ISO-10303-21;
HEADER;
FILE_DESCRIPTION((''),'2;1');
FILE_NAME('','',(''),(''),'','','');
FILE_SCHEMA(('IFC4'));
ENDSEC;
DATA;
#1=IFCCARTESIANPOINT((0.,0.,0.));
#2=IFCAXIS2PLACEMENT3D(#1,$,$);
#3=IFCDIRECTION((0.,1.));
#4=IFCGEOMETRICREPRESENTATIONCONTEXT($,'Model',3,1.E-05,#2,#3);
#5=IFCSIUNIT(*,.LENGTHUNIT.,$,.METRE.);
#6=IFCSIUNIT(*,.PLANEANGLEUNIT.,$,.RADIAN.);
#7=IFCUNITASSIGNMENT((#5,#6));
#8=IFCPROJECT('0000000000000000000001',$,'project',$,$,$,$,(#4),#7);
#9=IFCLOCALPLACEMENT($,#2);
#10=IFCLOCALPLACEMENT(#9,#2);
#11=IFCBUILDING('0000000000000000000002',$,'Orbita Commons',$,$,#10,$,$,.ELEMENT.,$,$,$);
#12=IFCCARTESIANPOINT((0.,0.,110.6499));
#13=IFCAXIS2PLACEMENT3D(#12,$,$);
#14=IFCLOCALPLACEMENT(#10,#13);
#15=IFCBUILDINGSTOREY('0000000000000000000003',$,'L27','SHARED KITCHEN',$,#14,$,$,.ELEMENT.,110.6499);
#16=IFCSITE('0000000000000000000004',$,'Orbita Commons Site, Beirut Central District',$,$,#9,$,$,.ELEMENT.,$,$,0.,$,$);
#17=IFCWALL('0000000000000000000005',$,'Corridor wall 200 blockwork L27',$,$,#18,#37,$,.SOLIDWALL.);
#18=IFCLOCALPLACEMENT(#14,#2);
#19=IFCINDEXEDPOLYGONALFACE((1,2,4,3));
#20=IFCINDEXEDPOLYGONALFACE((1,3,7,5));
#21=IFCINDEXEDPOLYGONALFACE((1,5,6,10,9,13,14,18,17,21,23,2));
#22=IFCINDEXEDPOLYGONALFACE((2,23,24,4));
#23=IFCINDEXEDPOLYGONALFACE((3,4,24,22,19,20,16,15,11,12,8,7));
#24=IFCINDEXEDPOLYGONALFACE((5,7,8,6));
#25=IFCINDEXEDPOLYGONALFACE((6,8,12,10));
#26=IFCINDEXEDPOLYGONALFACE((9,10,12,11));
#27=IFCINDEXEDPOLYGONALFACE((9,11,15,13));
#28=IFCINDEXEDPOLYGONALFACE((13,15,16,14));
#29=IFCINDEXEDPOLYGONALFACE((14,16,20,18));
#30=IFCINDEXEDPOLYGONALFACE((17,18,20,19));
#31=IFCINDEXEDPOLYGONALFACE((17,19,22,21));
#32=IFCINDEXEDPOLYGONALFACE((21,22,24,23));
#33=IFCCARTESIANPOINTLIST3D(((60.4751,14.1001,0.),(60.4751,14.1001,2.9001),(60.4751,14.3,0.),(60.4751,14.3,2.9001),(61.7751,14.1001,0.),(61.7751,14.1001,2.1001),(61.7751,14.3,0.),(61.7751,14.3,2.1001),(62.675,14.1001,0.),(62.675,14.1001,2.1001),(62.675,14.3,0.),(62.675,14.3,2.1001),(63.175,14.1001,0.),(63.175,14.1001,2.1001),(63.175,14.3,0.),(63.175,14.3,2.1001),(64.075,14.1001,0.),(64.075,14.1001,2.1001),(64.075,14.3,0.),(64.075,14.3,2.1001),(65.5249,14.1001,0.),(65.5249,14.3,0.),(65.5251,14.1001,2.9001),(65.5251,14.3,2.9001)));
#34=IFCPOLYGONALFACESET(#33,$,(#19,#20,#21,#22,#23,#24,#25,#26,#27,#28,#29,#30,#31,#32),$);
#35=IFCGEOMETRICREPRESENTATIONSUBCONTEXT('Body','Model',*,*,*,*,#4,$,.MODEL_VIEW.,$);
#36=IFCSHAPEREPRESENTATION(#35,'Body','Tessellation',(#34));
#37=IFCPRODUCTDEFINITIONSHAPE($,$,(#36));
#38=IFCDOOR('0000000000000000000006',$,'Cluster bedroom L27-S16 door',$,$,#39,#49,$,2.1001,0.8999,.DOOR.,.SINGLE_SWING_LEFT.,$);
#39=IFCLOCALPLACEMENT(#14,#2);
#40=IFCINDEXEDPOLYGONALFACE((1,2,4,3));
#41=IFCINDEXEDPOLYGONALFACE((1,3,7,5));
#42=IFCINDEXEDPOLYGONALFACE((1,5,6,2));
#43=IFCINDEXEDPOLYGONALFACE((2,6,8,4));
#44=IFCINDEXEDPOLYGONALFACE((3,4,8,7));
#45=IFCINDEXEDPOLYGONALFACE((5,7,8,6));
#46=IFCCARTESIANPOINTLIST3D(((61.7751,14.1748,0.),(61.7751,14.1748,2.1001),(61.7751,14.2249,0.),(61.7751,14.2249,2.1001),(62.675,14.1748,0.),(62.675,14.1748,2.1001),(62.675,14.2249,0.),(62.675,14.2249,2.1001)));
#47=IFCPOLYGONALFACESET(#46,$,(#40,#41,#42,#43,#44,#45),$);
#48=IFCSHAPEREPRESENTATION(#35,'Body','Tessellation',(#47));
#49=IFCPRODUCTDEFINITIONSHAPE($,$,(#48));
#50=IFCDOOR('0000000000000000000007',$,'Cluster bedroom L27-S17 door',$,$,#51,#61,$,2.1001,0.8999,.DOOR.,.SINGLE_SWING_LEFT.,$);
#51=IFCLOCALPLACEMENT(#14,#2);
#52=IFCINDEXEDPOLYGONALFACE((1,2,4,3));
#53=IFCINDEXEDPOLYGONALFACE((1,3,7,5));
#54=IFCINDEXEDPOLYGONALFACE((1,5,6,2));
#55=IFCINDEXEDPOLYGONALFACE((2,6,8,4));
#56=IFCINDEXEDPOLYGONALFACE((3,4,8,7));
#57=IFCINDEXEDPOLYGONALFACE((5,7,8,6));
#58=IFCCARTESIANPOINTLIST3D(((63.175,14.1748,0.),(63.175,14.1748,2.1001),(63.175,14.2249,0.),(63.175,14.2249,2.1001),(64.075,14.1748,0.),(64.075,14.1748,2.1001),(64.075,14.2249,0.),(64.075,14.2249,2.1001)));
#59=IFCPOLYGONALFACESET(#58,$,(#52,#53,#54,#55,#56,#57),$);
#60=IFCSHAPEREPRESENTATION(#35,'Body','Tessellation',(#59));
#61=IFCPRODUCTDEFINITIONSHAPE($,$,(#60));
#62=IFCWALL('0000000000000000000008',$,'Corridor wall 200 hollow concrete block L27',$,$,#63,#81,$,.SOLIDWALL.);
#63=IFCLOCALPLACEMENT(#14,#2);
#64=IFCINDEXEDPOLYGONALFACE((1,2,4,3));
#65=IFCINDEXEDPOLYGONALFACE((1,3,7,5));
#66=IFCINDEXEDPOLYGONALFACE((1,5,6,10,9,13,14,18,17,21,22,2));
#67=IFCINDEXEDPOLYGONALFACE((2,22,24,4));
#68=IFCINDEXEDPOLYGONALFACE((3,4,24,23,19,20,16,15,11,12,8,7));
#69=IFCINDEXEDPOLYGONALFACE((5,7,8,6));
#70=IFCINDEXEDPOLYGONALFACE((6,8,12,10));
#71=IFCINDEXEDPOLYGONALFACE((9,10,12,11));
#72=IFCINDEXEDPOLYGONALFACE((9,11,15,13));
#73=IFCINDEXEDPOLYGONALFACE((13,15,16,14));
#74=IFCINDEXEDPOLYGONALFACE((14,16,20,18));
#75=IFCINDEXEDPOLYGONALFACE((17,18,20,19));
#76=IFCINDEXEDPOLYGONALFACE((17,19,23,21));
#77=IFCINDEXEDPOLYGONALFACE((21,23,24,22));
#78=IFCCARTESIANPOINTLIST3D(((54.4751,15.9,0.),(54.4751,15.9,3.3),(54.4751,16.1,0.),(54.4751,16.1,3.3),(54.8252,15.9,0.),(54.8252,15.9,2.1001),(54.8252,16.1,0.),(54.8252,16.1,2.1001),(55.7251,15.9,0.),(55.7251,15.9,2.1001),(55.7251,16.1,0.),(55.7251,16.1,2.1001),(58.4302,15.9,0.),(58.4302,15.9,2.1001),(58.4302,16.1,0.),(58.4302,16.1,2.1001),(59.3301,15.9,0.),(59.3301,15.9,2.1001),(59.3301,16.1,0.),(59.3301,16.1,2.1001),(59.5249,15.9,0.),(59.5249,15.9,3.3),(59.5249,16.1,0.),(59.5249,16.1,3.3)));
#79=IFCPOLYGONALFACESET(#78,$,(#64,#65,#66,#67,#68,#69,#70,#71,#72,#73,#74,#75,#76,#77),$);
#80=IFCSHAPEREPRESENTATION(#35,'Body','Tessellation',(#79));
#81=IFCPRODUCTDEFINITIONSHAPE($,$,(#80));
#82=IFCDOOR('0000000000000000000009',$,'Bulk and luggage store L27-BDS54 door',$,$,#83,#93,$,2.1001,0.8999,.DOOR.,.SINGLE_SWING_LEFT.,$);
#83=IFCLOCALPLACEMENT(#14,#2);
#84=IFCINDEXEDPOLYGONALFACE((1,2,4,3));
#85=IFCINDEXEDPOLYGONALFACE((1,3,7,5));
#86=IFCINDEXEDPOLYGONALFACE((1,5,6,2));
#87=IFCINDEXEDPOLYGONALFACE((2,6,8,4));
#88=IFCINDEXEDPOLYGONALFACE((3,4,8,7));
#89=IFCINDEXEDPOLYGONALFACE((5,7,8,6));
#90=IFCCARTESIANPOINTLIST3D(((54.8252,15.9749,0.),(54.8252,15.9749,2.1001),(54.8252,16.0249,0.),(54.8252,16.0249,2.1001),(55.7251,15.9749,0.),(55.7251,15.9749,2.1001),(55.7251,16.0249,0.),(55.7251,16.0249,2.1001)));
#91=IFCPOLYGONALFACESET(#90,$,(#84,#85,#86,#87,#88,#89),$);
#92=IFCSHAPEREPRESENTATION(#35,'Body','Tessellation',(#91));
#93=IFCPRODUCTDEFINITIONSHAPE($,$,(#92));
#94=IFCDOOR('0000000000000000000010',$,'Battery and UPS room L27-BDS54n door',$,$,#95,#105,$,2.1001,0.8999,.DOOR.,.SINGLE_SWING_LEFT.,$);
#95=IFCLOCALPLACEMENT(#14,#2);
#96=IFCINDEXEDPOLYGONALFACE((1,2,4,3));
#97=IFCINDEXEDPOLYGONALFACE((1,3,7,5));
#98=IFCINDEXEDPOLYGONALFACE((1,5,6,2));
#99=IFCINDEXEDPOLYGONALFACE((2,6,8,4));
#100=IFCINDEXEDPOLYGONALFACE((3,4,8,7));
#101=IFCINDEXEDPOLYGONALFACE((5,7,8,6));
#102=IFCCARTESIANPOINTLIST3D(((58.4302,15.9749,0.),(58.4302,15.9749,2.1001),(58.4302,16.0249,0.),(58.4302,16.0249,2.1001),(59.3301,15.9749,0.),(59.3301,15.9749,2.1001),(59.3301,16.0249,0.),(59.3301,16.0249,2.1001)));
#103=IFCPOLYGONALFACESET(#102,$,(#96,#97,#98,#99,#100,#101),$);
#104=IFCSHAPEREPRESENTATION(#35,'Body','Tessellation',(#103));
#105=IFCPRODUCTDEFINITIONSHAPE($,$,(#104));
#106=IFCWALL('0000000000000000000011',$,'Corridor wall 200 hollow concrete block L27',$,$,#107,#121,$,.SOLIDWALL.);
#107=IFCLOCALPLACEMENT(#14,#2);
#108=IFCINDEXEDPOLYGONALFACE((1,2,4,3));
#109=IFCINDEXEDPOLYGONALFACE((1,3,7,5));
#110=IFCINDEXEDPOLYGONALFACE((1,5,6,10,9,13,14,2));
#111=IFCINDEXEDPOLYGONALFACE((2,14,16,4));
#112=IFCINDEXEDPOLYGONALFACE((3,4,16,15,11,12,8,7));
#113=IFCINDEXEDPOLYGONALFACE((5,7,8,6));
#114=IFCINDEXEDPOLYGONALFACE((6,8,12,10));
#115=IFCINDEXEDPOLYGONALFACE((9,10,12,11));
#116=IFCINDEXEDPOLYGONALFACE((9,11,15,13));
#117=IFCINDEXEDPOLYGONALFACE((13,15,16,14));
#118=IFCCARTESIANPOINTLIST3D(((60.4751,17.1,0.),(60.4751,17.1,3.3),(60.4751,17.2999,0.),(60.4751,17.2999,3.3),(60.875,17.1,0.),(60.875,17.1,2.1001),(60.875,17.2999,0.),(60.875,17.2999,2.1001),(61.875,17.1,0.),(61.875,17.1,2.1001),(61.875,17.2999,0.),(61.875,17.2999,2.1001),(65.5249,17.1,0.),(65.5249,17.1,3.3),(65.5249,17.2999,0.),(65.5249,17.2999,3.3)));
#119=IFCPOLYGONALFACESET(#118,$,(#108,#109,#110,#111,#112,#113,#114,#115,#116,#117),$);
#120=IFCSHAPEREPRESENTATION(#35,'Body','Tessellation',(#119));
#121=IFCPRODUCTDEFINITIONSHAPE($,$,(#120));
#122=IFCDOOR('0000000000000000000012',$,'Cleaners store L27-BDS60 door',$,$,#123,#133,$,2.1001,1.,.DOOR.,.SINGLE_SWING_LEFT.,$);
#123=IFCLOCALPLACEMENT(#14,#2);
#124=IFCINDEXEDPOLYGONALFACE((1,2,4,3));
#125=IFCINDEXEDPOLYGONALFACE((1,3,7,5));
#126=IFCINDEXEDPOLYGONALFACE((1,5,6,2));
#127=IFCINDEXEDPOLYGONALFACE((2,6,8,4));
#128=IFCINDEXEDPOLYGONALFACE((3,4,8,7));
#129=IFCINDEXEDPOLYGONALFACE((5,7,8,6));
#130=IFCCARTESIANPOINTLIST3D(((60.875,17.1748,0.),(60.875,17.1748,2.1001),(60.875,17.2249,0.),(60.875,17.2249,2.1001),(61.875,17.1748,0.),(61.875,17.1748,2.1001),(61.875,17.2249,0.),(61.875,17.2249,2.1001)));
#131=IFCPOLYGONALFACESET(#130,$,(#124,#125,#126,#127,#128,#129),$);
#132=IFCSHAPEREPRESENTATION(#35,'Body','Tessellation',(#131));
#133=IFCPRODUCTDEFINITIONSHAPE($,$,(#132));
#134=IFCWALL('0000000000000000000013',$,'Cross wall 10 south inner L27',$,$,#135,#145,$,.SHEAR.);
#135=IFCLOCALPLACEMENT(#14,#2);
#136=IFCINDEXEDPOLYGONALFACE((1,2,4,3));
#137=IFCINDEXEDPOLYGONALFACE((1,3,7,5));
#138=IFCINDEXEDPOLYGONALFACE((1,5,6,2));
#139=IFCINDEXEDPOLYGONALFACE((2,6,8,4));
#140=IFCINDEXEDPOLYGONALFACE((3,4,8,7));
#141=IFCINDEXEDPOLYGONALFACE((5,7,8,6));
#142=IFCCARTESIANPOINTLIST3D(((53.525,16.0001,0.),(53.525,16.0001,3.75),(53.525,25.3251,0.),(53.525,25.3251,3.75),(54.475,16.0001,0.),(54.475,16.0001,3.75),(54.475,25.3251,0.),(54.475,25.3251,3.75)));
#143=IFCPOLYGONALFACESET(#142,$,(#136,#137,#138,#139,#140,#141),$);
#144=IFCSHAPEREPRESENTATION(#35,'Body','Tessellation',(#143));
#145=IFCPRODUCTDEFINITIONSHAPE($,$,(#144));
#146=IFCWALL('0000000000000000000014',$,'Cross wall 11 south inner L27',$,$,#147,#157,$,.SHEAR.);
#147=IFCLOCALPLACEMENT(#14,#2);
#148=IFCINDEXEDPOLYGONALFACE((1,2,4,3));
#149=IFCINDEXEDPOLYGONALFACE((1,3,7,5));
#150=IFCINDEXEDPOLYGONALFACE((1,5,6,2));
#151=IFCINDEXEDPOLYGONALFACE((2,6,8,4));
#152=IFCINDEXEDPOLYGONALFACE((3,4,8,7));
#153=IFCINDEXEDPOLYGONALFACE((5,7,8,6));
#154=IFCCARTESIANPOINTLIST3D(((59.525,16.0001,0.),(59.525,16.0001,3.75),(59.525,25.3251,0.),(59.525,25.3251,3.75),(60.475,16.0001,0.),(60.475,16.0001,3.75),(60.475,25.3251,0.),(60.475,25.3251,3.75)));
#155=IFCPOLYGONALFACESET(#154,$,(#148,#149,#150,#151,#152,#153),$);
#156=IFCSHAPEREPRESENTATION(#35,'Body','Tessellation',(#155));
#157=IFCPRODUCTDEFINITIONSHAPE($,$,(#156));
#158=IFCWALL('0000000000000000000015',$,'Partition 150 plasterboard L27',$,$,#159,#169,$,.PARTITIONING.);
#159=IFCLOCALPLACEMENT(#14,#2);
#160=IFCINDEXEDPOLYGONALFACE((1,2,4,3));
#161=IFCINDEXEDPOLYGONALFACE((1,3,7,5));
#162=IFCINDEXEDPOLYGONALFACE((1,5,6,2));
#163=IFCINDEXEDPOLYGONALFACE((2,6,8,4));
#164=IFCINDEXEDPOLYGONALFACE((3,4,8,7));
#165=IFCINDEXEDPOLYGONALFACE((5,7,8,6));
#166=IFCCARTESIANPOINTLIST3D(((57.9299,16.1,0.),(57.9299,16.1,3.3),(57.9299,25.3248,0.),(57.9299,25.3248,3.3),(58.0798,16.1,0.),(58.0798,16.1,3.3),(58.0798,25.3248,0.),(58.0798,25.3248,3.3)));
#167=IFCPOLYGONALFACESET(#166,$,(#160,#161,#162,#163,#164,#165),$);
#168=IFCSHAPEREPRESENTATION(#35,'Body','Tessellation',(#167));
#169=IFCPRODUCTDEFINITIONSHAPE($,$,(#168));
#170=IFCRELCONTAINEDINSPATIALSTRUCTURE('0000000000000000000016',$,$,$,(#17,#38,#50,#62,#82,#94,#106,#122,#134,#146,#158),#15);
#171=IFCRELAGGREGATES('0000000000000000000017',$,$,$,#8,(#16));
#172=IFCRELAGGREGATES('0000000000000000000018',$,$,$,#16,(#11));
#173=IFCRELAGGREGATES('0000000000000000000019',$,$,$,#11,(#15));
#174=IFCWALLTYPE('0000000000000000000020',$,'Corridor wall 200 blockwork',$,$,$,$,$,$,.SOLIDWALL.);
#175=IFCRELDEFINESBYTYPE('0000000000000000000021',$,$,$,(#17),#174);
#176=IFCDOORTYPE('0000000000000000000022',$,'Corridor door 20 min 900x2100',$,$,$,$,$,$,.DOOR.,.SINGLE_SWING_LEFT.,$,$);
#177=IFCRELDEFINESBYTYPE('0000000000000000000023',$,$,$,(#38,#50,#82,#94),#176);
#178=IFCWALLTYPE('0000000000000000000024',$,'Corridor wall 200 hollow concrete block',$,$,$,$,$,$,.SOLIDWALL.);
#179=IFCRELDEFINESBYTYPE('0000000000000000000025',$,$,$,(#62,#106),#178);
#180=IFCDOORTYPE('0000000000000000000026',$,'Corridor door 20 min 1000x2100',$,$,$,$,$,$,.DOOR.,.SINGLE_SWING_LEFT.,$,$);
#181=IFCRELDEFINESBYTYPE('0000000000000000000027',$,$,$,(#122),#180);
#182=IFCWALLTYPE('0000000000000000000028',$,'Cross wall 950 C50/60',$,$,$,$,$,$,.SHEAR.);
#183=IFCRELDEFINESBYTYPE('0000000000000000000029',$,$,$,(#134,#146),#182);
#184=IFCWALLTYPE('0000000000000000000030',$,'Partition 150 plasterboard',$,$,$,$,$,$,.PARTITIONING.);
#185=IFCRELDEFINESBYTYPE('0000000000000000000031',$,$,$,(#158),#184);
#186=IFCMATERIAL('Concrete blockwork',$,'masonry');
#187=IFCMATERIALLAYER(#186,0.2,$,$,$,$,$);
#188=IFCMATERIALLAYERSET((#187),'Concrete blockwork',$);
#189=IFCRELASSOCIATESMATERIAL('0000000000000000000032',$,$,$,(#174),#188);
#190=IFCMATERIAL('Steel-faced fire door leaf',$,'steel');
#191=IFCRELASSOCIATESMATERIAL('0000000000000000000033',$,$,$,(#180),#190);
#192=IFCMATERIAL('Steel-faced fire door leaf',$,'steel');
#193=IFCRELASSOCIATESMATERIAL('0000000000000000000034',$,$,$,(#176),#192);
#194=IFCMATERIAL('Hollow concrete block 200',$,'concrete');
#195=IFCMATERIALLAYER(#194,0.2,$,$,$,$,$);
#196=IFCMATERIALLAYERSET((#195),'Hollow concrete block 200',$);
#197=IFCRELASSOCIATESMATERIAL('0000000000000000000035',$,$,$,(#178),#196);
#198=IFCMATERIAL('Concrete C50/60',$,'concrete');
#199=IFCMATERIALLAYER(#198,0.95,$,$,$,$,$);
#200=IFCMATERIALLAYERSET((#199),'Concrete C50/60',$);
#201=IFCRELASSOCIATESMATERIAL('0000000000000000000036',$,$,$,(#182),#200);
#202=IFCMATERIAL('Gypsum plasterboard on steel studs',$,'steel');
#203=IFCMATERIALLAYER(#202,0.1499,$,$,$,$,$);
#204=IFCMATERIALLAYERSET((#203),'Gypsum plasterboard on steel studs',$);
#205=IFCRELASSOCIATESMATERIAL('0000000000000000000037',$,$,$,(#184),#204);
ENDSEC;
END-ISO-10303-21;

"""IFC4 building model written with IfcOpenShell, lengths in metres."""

from ifc_helpers import new_model, si_unit, direction, frame, frame_2d, origin, place, context, subcontext, project, spatial, polyline, rectangle, outline, extrude, material, layer, layer_set, type_object, element, fill, save


model = new_model("IFC4")

# Units and contexts
model_context = context("Model", 3, precision=1e-05, world=origin(), true_north=direction((0.0, 1.0)))
body_context = subcontext(model_context, "Body", "Model", "MODEL_VIEW")
ifc_project = project(units=[si_unit("LENGTHUNIT", "METRE"), si_unit("PLANEANGLEUNIT", "RADIAN")], contexts=[model_context])

# Site, building, storey
site_placement = place(None, origin())
site = spatial("IfcSite", under=ifc_project, at=site_placement, Name="Orbita Commons Site, Beirut Central District", CompositionType="ELEMENT", RefElevation=0.0)
building_placement = place(site_placement, origin())
building = spatial("IfcBuilding", under=site, at=building_placement, Name="Orbita Commons", CompositionType="ELEMENT")
storey_placement = place(building_placement, frame((0.0, 0.0, 110.6499)))
storey = spatial("IfcBuildingStorey", under=building, at=storey_placement, Name="L27", Description="SHARED KITCHEN", CompositionType="ELEMENT", Elevation=110.6499)

# Shared definitions
ifc_material_1 = material(Name="Concrete blockwork", Category="masonry")
ifc_layer_1 = layer(ifc_material_1, 0.2)
ifc_layer_set_1 = layer_set([ifc_layer_1], Name="Concrete blockwork")
wall_type_1 = type_object("IfcWallType", Name="Corridor wall 200 blockwork", PredefinedType="SOLIDWALL", material=ifc_layer_set_1)
ifc_material_2 = material(Name="Steel-faced fire door leaf", Category="steel")
door_type_1 = type_object("IfcDoorType", Name="Corridor door 20 min 1000x2100", OperationType="SINGLE_SWING_LEFT", PredefinedType="DOOR", material=ifc_material_2)

# Walls, openings, doors
wall_1_placement = place(storey_placement, frame((60.4751, 14.2, 0.0), z_axis=(0.0, 0.0, 1.0), x_axis=(1.0, 0.0, 0.0)))
wall_1 = element("IfcWall", 1, at=wall_1_placement, inside=storey, type_object=wall_type_1, Name="Corridor wall 200 blockwork L27", PredefinedType="SOLIDWALL", context=body_context, shape_type="SweptSolid", body=[
    extrude(outline(polyline([(0.0, 0.0), (5.0498, 0.0), (5.05, 2.9001), (0.0, 2.9001), (0.0, 0.0)])), frame((0.0, 0.1001, 0.0), z_axis=(0.0, -1.0, 0.0), x_axis=(1.0, 0.0, 0.0)), (0.0, 0.0, 1.0), 0.2),
])
opening_1_placement = place(wall_1_placement, frame((1.3, 0.0, 0.0)))
opening_1 = element("IfcOpeningElement", 2, at=opening_1_placement, cuts=wall_1, PredefinedType="OPENING", context=body_context, shape_type="SweptSolid", body=[
    extrude(rectangle(XDim=0.8999, YDim=2.1001, at=frame_2d((0.45, 1.05))), frame((0.0, 0.1099, 0.0), z_axis=(0.0, -1.0, 0.0), x_axis=(1.0, 0.0, 0.0)), (0.0, 0.0, 1.0), 0.22),
])
opening_2_placement = place(wall_1_placement, frame((2.7, 0.0, 0.0)))
opening_2 = element("IfcOpeningElement", 3, at=opening_2_placement, cuts=wall_1, PredefinedType="OPENING", context=body_context, shape_type="SweptSolid", body=[
    extrude(rectangle(XDim=0.8999, YDim=2.1001, at=frame_2d((0.45, 1.05))), frame((0.0, 0.1099, 0.0), z_axis=(0.0, -1.0, 0.0), x_axis=(1.0, 0.0, 0.0)), (0.0, 0.0, 1.0), 0.22),
])
ifc_material_3 = material(Name="Steel-faced fire door leaf", Category="steel")
door_type_2 = type_object("IfcDoorType", Name="Corridor door 20 min 900x2100", OperationType="SINGLE_SWING_LEFT", PredefinedType="DOOR", material=ifc_material_3)
door_1_placement = place(opening_1_placement, origin())
door_1 = element("IfcDoor", 4, at=door_1_placement, inside=storey, type_object=door_type_2, Name="Cluster bedroom L27-S16 door", OperationType="SINGLE_SWING_LEFT", OverallHeight=2.1001, OverallWidth=0.8999, PredefinedType="DOOR", context=body_context, shape_type="SweptSolid", body=[
    extrude(rectangle(XDim=0.8999, YDim=2.1001, at=frame_2d((0.45, 1.05))), frame((0.0, 0.0249, 0.0), z_axis=(0.0, -1.0, 0.0), x_axis=(1.0, 0.0, 0.0)), (0.0, 0.0, 1.0), 0.05),
])
fill(opening_1, door_1)
door_2_placement = place(opening_2_placement, origin())
door_2 = element("IfcDoor", 5, at=door_2_placement, inside=storey, type_object=door_type_2, Name="Cluster bedroom L27-S17 door", OperationType="SINGLE_SWING_LEFT", OverallHeight=2.1001, OverallWidth=0.8999, PredefinedType="DOOR", context=body_context, shape_type="SweptSolid", body=[
    extrude(rectangle(XDim=0.8999, YDim=2.1001, at=frame_2d((0.45, 1.05))), frame((0.0, 0.0249, 0.0), z_axis=(0.0, -1.0, 0.0), x_axis=(1.0, 0.0, 0.0)), (0.0, 0.0, 1.0), 0.05),
])
fill(opening_2, door_2)
ifc_material_4 = material(Name="Hollow concrete block 200", Category="concrete")
ifc_layer_2 = layer(ifc_material_4, 0.2)
ifc_layer_set_2 = layer_set([ifc_layer_2], Name="Hollow concrete block 200")
wall_type_2 = type_object("IfcWallType", Name="Corridor wall 200 hollow concrete block", PredefinedType="SOLIDWALL", material=ifc_layer_set_2)
wall_2_placement = place(storey_placement, frame((54.4751, 16.0, 0.0), z_axis=(0.0, 0.0, 1.0), x_axis=(1.0, 0.0, 0.0)))
wall_2 = element("IfcWall", 6, at=wall_2_placement, inside=storey, type_object=wall_type_2, Name="Corridor wall 200 hollow concrete block L27", PredefinedType="SOLIDWALL", context=body_context, shape_type="SweptSolid", body=[
    extrude(rectangle(XDim=5.0498, YDim=0.2, at=frame_2d((2.5249, 0.0))), origin(), (0.0, 0.0, 1.0), 3.3),
])
opening_3_placement = place(wall_2_placement, frame((0.3501, 0.0, 0.0)))
opening_3 = element("IfcOpeningElement", 7, at=opening_3_placement, cuts=wall_2, PredefinedType="OPENING", context=body_context, shape_type="SweptSolid", body=[
    extrude(rectangle(XDim=0.8999, YDim=2.1001, at=frame_2d((0.45, 1.05))), frame((0.0, 0.1099, 0.0), z_axis=(0.0, -1.0, 0.0), x_axis=(1.0, 0.0, 0.0)), (0.0, 0.0, 1.0), 0.22),
])
opening_4_placement = place(wall_2_placement, frame((3.9551, 0.0, 0.0)))
opening_4 = element("IfcOpeningElement", 8, at=opening_4_placement, cuts=wall_2, PredefinedType="OPENING", context=body_context, shape_type="SweptSolid", body=[
    extrude(rectangle(XDim=0.8999, YDim=2.1001, at=frame_2d((0.45, 1.05))), frame((0.0, 0.1099, 0.0), z_axis=(0.0, -1.0, 0.0), x_axis=(1.0, 0.0, 0.0)), (0.0, 0.0, 1.0), 0.22),
])
door_3_placement = place(opening_3_placement, origin())
door_3 = element("IfcDoor", 9, at=door_3_placement, inside=storey, type_object=door_type_2, Name="Bulk and luggage store L27-BDS54 door", OperationType="SINGLE_SWING_LEFT", OverallHeight=2.1001, OverallWidth=0.8999, PredefinedType="DOOR", context=body_context, shape_type="SweptSolid", body=[
    extrude(rectangle(XDim=0.8999, YDim=2.1001, at=frame_2d((0.45, 1.05))), frame((0.0, 0.0249, 0.0), z_axis=(0.0, -1.0, 0.0), x_axis=(1.0, 0.0, 0.0)), (0.0, 0.0, 1.0), 0.05),
])
fill(opening_3, door_3)
door_4_placement = place(opening_4_placement, origin())
door_4 = element("IfcDoor", 10, at=door_4_placement, inside=storey, type_object=door_type_2, Name="Battery and UPS room L27-BDS54n door", OperationType="SINGLE_SWING_LEFT", OverallHeight=2.1001, OverallWidth=0.8999, PredefinedType="DOOR", context=body_context, shape_type="SweptSolid", body=[
    extrude(rectangle(XDim=0.8999, YDim=2.1001, at=frame_2d((0.45, 1.05))), frame((0.0, 0.0249, 0.0), z_axis=(0.0, -1.0, 0.0), x_axis=(1.0, 0.0, 0.0)), (0.0, 0.0, 1.0), 0.05),
])
fill(opening_4, door_4)

# Wall, opening, door
wall_3_placement = place(storey_placement, frame((60.4751, 17.2, 0.0), z_axis=(0.0, 0.0, 1.0), x_axis=(1.0, 0.0, 0.0)))
wall_3 = element("IfcWall", 11, at=wall_3_placement, inside=storey, type_object=wall_type_2, Name="Corridor wall 200 hollow concrete block L27", PredefinedType="SOLIDWALL", context=body_context, shape_type="SweptSolid", body=[
    extrude(rectangle(XDim=5.0498, YDim=0.2, at=frame_2d((2.5249, 0.0))), origin(), (0.0, 0.0, 1.0), 3.3),
])
opening_5_placement = place(wall_3_placement, frame((0.3999, 0.0, 0.0)))
opening_5 = element("IfcOpeningElement", 12, at=opening_5_placement, cuts=wall_3, PredefinedType="OPENING", context=body_context, shape_type="SweptSolid", body=[
    extrude(rectangle(XDim=1.0, YDim=2.1001, at=frame_2d((0.5, 1.05))), frame((0.0, 0.1099, 0.0), z_axis=(0.0, -1.0, 0.0), x_axis=(1.0, 0.0, 0.0)), (0.0, 0.0, 1.0), 0.22),
])
door_5_placement = place(opening_5_placement, origin())
door_5 = element("IfcDoor", 13, at=door_5_placement, inside=storey, type_object=door_type_1, Name="Cleaners store L27-BDS60 door", OperationType="SINGLE_SWING_LEFT", OverallHeight=2.1001, OverallWidth=1.0, PredefinedType="DOOR", context=body_context, shape_type="SweptSolid", body=[
    extrude(rectangle(XDim=1.0, YDim=2.1001, at=frame_2d((0.5, 1.05))), frame((0.0, 0.0249, 0.0), z_axis=(0.0, -1.0, 0.0), x_axis=(1.0, 0.0, 0.0)), (0.0, 0.0, 1.0), 0.05),
])
fill(opening_5, door_5)

# Walls
ifc_material_5 = material(Name="Concrete C50/60", Category="concrete")
ifc_layer_3 = layer(ifc_material_5, 0.95)
ifc_layer_set_3 = layer_set([ifc_layer_3], Name="Concrete C50/60")
wall_type_3 = type_object("IfcWallType", Name="Cross wall 950 C50/60", PredefinedType="SHEAR", material=ifc_layer_set_3)
for number, where, z_axis, x_axis, name in (
    (14, (54.0, 16.0, 0.0), (0.0, 0.0, 1.0), (0.0, 1.0, 0.0), "Cross wall 10 south inner L27"),
    (15, (60.0, 16.0, 0.0), (0.0, 0.0, 1.0), (0.0, 1.0, 0.0), "Cross wall 11 south inner L27"),
):
    element("IfcWall", number, at=place(storey_placement, frame(where, z_axis=z_axis, x_axis=x_axis)), inside=storey, type_object=wall_type_3, Name=name, PredefinedType="SHEAR", context=body_context, shape_type="SweptSolid", body=[
        extrude(rectangle(XDim=9.325, YDim=0.95, at=frame_2d((4.6626, 0.0))), origin(), (0.0, 0.0, 1.0), 3.75),
    ])
ifc_material_6 = material(Name="Gypsum plasterboard on steel studs", Category="steel")
ifc_layer_4 = layer(ifc_material_6, 0.1499)
ifc_layer_set_4 = layer_set([ifc_layer_4], Name="Gypsum plasterboard on steel studs")
wall_type_4 = type_object("IfcWallType", Name="Partition 150 plasterboard", PredefinedType="PARTITIONING", material=ifc_layer_set_4)
wall_4_placement = place(storey_placement, frame((58.0049, 16.1001, 0.0), z_axis=(0.0, 0.0, 1.0), x_axis=(0.0, 1.0, 0.0)))
element("IfcWall", 16, at=wall_4_placement, inside=storey, type_object=wall_type_4, Name="Partition 150 plasterboard L27", PredefinedType="PARTITIONING", context=body_context, shape_type="SweptSolid", body=[
    extrude(rectangle(XDim=9.2249, YDim=0.1499, at=frame_2d((4.6123, 0.0))), origin(), (0.0, 0.0, 1.0), 3.3),
])

save(model, "model.ifc")
